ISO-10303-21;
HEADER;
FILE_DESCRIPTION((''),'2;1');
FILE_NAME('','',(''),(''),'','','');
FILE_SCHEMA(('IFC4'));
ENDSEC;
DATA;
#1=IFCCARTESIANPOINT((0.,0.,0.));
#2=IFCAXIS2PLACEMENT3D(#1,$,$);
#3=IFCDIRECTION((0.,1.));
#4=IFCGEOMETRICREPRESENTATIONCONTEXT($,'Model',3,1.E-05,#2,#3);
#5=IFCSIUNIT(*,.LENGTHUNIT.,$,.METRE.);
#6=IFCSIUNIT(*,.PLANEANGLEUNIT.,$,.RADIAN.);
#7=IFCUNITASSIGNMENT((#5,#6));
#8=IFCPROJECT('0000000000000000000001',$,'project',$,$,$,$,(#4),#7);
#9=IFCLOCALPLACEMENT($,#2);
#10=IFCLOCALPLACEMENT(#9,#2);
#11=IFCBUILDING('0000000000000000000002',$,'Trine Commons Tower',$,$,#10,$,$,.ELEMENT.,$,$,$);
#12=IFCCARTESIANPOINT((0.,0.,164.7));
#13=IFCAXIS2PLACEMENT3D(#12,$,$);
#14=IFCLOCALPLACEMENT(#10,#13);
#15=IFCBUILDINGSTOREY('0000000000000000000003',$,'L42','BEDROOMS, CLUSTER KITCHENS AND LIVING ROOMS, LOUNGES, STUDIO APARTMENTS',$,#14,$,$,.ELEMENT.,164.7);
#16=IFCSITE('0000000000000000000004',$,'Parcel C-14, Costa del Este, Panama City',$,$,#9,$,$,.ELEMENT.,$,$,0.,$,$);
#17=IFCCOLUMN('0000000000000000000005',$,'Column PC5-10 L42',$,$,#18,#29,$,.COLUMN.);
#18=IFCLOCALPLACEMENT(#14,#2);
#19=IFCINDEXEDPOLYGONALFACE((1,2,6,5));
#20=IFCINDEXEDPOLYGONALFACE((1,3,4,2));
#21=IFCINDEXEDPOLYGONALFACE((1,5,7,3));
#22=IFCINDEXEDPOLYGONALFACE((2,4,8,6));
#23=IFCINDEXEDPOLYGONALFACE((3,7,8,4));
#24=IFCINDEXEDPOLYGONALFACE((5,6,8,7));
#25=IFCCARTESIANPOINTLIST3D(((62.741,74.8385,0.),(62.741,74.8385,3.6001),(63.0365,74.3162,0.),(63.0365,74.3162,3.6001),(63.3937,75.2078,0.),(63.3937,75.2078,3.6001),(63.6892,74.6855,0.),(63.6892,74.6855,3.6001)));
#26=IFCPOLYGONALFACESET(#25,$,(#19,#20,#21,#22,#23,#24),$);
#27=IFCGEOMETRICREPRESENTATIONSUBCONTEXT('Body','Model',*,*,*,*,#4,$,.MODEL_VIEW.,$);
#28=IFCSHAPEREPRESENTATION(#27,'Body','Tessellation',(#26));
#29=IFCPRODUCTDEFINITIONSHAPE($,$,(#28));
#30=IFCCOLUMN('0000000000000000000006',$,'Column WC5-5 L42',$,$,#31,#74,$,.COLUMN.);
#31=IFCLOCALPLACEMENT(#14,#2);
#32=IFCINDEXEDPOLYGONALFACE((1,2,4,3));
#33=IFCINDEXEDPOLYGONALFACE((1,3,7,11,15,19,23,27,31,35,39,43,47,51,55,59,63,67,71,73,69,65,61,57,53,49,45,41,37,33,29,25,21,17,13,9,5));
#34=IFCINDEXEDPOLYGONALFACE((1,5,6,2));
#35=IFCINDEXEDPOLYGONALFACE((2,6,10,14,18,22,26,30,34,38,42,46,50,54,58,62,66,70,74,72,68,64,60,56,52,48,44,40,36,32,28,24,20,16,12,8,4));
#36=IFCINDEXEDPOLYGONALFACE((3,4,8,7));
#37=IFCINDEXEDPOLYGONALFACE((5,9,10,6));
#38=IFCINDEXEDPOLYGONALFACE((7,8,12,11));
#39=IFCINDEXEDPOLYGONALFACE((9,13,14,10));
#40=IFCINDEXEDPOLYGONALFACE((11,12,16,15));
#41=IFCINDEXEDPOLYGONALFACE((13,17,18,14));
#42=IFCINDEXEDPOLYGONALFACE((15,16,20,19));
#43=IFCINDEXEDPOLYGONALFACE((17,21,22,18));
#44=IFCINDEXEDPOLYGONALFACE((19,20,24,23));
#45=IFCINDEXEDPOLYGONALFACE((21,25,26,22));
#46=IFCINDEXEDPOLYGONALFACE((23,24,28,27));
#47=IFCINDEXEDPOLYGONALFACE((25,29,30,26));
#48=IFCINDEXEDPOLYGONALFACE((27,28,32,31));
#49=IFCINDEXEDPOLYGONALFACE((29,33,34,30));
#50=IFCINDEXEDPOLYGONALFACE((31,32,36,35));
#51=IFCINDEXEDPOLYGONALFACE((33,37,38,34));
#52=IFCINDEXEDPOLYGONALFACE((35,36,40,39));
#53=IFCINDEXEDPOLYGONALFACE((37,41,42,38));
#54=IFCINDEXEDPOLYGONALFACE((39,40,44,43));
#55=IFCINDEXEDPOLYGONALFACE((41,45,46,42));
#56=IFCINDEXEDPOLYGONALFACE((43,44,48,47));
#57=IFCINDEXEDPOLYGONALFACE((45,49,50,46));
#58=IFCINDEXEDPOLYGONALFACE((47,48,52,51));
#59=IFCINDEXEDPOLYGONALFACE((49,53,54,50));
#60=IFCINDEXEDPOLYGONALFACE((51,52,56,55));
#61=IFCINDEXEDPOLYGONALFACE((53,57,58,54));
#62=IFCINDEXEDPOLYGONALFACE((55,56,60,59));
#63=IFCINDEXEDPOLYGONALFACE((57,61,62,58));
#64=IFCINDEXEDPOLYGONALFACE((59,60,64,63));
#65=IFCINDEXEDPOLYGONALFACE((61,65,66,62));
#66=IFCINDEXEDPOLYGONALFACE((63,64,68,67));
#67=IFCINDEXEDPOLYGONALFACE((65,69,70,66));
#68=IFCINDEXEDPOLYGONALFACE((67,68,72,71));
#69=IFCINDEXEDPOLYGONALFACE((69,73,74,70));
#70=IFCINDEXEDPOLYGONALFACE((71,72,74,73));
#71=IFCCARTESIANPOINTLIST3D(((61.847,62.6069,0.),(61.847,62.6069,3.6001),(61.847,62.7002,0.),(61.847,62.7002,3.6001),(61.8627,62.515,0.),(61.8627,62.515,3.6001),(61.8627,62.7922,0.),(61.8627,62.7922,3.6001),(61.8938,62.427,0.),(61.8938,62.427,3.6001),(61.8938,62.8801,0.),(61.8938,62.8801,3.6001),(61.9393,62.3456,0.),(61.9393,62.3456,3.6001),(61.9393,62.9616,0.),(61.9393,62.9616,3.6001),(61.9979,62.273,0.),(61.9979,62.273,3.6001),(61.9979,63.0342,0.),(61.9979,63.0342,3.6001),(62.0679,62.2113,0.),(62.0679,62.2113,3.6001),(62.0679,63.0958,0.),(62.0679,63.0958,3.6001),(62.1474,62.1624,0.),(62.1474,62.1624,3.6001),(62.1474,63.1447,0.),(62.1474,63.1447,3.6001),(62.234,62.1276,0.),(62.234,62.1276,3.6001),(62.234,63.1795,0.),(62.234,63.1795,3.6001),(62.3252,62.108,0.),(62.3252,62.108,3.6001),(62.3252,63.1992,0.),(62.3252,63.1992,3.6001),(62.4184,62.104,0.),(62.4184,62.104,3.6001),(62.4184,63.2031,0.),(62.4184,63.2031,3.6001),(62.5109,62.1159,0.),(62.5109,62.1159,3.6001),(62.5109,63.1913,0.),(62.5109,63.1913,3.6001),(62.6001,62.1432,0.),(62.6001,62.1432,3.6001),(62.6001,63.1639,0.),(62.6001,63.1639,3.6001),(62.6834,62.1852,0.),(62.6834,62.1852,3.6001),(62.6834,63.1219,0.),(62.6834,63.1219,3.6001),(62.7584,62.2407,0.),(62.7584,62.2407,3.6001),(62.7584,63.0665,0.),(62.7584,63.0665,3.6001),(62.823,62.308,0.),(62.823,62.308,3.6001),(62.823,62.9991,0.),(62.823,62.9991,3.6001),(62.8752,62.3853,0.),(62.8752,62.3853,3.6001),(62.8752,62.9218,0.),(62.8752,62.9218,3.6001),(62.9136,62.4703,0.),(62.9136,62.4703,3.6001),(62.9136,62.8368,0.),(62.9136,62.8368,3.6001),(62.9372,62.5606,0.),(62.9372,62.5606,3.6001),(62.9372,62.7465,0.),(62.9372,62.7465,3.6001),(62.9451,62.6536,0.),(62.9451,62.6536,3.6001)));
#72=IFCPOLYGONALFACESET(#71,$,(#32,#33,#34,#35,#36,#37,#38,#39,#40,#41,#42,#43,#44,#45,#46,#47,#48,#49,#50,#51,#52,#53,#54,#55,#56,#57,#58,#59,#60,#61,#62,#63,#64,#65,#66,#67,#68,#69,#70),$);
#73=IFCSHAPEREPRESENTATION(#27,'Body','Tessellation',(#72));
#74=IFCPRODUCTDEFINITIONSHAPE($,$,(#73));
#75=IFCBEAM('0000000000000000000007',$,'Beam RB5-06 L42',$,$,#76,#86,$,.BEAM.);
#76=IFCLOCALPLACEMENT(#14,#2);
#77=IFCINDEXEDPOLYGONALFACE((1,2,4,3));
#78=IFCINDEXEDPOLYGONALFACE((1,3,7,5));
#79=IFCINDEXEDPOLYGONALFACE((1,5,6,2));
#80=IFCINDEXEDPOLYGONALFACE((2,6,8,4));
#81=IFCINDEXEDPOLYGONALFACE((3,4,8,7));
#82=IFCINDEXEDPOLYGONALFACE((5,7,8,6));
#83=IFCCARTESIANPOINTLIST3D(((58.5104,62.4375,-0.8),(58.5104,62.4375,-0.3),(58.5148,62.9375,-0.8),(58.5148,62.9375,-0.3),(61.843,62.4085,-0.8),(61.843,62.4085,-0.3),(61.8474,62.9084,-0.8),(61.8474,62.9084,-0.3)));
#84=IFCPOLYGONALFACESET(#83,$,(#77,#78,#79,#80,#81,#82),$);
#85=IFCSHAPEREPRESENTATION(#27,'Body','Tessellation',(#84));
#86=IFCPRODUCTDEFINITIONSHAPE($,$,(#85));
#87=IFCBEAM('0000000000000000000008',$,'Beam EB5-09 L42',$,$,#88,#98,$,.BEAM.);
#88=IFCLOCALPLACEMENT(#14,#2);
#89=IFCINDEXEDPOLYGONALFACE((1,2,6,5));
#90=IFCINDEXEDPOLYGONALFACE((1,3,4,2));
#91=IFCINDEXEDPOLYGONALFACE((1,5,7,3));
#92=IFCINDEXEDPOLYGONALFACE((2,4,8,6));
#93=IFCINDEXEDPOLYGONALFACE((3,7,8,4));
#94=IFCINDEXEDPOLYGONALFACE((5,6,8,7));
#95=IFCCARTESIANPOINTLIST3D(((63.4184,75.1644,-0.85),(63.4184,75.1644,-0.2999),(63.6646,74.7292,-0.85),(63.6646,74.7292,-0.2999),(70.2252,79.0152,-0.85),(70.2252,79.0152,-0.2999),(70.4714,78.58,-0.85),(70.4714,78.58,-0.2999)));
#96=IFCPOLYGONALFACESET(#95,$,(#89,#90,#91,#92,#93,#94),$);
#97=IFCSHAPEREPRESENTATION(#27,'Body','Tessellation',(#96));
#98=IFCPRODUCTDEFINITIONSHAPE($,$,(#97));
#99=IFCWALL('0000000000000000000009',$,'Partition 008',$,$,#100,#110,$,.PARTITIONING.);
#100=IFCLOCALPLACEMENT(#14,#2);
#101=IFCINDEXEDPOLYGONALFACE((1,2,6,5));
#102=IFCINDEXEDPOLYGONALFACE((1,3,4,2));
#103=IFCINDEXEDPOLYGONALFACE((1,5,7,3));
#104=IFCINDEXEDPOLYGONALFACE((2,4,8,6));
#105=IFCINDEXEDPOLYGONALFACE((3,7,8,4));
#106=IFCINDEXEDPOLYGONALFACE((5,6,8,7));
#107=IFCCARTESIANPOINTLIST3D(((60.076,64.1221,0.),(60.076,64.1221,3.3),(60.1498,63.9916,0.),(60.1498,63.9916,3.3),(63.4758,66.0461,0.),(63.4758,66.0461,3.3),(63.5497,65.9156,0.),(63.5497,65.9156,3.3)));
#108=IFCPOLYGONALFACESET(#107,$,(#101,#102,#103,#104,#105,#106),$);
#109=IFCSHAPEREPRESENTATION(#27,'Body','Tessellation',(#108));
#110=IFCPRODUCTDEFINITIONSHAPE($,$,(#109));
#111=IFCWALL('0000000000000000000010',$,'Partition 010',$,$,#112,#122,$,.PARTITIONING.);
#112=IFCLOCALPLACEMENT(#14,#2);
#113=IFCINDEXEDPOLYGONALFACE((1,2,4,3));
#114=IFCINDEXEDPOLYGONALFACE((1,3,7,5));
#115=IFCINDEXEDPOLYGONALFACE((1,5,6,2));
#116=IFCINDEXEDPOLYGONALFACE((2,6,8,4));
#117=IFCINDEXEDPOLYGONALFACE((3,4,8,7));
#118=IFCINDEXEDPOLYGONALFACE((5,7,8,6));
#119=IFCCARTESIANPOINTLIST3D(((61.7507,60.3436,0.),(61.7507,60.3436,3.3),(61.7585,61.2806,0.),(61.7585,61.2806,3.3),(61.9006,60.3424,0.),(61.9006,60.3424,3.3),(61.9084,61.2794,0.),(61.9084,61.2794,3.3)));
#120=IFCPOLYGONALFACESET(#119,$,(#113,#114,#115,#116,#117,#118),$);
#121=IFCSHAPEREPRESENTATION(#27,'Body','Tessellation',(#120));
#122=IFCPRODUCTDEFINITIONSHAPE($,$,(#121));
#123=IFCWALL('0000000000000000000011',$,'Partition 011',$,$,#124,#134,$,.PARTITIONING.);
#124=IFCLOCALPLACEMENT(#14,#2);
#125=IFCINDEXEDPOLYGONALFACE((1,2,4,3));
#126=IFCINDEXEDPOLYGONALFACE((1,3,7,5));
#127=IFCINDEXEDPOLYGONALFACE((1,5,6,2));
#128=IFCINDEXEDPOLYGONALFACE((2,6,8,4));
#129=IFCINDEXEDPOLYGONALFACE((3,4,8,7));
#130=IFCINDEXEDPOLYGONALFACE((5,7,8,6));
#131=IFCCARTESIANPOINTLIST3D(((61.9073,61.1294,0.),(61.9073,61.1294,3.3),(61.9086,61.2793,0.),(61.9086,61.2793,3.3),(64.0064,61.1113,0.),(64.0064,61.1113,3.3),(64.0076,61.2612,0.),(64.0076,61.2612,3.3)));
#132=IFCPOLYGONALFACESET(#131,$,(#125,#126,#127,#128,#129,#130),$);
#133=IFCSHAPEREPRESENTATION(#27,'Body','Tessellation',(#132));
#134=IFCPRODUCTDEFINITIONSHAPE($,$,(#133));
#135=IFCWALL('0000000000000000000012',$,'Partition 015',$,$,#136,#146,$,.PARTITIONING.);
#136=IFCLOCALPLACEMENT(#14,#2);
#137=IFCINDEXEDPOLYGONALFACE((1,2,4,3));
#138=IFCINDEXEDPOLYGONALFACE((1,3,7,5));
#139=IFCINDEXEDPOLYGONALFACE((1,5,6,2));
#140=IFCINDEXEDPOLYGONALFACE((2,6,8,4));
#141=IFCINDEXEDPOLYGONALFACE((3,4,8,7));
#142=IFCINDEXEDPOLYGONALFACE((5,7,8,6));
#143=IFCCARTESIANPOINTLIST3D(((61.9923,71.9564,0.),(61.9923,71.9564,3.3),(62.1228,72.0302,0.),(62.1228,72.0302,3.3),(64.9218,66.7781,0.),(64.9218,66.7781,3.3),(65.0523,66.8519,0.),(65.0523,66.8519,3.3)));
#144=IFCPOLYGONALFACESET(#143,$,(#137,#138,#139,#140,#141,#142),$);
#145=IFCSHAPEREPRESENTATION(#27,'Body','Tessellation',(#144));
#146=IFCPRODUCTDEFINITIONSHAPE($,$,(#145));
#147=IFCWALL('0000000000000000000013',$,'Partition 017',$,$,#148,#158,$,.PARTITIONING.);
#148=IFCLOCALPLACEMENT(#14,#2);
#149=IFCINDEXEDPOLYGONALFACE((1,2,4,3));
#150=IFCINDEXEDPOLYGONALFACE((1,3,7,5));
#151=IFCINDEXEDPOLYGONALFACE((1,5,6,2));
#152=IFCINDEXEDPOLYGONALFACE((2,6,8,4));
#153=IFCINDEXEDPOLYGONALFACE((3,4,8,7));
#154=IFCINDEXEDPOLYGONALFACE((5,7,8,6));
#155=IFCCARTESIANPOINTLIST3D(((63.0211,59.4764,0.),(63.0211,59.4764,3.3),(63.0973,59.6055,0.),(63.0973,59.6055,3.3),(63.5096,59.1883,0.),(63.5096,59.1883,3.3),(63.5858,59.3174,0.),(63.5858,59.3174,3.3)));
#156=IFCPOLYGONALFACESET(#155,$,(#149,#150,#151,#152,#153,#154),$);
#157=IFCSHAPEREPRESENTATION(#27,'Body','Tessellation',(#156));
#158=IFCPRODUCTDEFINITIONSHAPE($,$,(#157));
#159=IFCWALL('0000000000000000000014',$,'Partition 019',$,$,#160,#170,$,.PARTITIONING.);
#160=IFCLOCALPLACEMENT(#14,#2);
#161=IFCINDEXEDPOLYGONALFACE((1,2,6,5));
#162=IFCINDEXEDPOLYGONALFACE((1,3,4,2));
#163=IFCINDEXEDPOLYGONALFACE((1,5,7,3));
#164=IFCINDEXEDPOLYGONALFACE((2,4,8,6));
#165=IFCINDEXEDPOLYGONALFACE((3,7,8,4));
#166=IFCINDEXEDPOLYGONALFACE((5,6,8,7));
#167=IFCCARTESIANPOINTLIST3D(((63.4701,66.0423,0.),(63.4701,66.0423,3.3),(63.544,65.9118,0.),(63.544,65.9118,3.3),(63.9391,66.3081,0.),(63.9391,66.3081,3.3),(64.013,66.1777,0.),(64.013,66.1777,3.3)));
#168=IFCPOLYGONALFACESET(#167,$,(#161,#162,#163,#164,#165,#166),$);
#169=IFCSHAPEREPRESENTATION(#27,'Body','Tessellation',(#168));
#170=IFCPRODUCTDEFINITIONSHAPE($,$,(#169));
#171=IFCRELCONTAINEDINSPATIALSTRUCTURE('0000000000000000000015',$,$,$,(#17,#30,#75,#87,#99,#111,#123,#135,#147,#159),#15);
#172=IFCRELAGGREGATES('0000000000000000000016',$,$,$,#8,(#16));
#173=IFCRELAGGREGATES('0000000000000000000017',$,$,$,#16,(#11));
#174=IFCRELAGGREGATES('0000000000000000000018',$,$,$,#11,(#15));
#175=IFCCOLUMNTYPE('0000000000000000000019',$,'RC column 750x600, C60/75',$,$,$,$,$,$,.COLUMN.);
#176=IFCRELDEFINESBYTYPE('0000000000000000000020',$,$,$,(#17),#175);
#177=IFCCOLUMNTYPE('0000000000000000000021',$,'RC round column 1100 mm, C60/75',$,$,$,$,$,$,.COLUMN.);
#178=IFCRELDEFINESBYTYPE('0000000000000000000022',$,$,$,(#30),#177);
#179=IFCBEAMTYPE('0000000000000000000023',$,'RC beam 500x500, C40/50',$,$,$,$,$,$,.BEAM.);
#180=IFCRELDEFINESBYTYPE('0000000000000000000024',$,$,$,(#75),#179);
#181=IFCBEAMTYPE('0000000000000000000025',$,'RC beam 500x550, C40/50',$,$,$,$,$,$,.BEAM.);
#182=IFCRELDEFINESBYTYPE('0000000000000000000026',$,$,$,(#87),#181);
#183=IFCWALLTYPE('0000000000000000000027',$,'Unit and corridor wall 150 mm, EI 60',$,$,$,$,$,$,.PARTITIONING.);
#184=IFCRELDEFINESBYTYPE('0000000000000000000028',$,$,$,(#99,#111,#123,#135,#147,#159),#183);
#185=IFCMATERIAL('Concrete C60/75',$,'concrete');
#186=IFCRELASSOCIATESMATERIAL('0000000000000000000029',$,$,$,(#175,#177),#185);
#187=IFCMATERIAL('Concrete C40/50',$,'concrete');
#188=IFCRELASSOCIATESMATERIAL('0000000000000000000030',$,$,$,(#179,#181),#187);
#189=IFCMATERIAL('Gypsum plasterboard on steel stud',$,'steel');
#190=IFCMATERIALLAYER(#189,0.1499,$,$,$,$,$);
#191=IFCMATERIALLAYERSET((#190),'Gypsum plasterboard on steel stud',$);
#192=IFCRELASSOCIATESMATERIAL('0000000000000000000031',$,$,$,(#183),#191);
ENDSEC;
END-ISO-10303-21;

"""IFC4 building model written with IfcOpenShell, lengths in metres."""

from ifc_helpers import new_model, si_unit, direction, frame, frame_2d, origin, origin_2d, place, context, subcontext, project, spatial, rectangle, circle, extrude, material, layer, layer_set, material_profile, profile_set, type_object, element, save


model = new_model("IFC4")

# Units and contexts
model_context = context("Model", 3, precision=1e-05, world=origin(), true_north=direction((0.0, 1.0)))
body_context = subcontext(model_context, "Body", "Model", "MODEL_VIEW")
ifc_project = project(units=[si_unit("LENGTHUNIT", "METRE"), si_unit("PLANEANGLEUNIT", "RADIAN")], contexts=[model_context])

# Site, building, storey
site_placement = place(None, origin())
site = spatial("IfcSite", under=ifc_project, at=site_placement, Name="Parcel C-14, Costa del Este, Panama City", CompositionType="ELEMENT", RefElevation=0.0)
building_placement = place(site_placement, origin())
building = spatial("IfcBuilding", under=site, at=building_placement, Name="Trine Commons Tower", CompositionType="ELEMENT")
storey_placement = place(building_placement, frame((0.0, 0.0, 164.7)))
storey = spatial("IfcBuildingStorey", under=building, at=storey_placement, Name="L42", Description="BEDROOMS, CLUSTER KITCHENS AND LIVING ROOMS, LOUNGES, STUDIO APARTMENTS", CompositionType="ELEMENT", Elevation=164.7)

# Columns
ifc_material_1 = material(Name="Concrete C60/75", Category="concrete")
ifc_material_profile_1 = material_profile(ifc_material_1, rectangle(XDim=0.75, YDim=0.6001, at=origin_2d()), Name="RC 750x600")
ifc_profile_set_1 = profile_set([ifc_material_profile_1], Name="Concrete C60/75")
column_type_1 = type_object("IfcColumnType", Name="RC column 750x600, C60/75", PredefinedType="COLUMN", material=ifc_profile_set_1)
column_1_placement = place(storey_placement, frame((63.2151, 74.762, 0.0), z_axis=(0.0, 0.0, 1.0), x_axis=(0.870356, 0.492424, 0.0)))
element("IfcColumn", 1, at=column_1_placement, inside=storey, type_object=column_type_1, Name="Column PC5-10 L42", PredefinedType="COLUMN", context=body_context, shape_type="SweptSolid", body=[
    extrude(rectangle(XDim=0.75, YDim=0.6001, at=origin_2d()), origin(), (0.0, 0.0, 1.0), 3.6001),
])
ifc_material_profile_2 = material_profile(ifc_material_1, circle(Radius=0.55, at=origin_2d()), Name="RC round 1100")
ifc_profile_set_2 = profile_set([ifc_material_profile_2], Name="Concrete C60/75")
column_type_2 = type_object("IfcColumnType", Name="RC round column 1100 mm, C60/75", PredefinedType="COLUMN", material=ifc_profile_set_2)
column_2_placement = place(storey_placement, frame((62.395, 62.6536, 0.0), z_axis=(0.0, 0.0, 1.0), x_axis=(1.0, 0.0, 0.0)))
element("IfcColumn", 2, at=column_2_placement, inside=storey, type_object=column_type_2, Name="Column WC5-5 L42", PredefinedType="COLUMN", context=body_context, shape_type="SweptSolid", body=[
    extrude(circle(Radius=0.55, at=origin_2d()), origin(), (0.0, 0.0, 1.0), 3.6001),
])

# Beams
ifc_material_2 = material(Name="Concrete C40/50", Category="concrete")
ifc_material_profile_3 = material_profile(ifc_material_2, rectangle(XDim=0.5, YDim=0.5, at=origin_2d()), Name="RC 500x500")
ifc_profile_set_3 = profile_set([ifc_material_profile_3], Name="Concrete C40/50")
beam_type_1 = type_object("IfcBeamType", Name="RC beam 500x500, C40/50", PredefinedType="BEAM", material=ifc_profile_set_3)
beam_1_placement = place(storey_placement, frame((61.8452, 62.6584, -0.55), z_axis=(-0.999962, 0.008718, 0.0), x_axis=(-0.008718, -0.999962, 0.0)))
element("IfcBeam", 3, at=beam_1_placement, inside=storey, type_object=beam_type_1, Name="Beam RB5-06 L42", PredefinedType="BEAM", context=body_context, shape_type="SweptSolid", body=[
    extrude(rectangle(XDim=0.5, YDim=0.5, at=origin_2d()), origin(), (0.0, 0.0, 1.0), 3.3328),
])
ifc_material_profile_4 = material_profile(ifc_material_2, rectangle(XDim=0.5, YDim=0.55, at=origin_2d()), Name="RC 500x550")
ifc_profile_set_4 = profile_set([ifc_material_profile_4], Name="Concrete C40/50")
beam_type_2 = type_object("IfcBeamType", Name="RC beam 500x550, C40/50", PredefinedType="BEAM", material=ifc_profile_set_4)
beam_2_placement = place(storey_placement, frame((63.5415, 74.9468, -0.575), z_axis=(0.870373, 0.492393, 0.0), x_axis=(-0.492393, 0.870373, 0.0)))
element("IfcBeam", 4, at=beam_2_placement, inside=storey, type_object=beam_type_2, Name="Beam EB5-09 L42", PredefinedType="BEAM", context=body_context, shape_type="SweptSolid", body=[
    extrude(rectangle(XDim=0.5, YDim=0.55, at=origin_2d()), origin(), (0.0, 0.0, 1.0), 7.8206),
])

# Walls
ifc_material_3 = material(Name="Gypsum plasterboard on steel stud", Category="steel")
ifc_layer_1 = layer(ifc_material_3, 0.1499)
ifc_layer_set_1 = layer_set([ifc_layer_1], Name="Gypsum plasterboard on steel stud")
wall_type_1 = type_object("IfcWallType", Name="Unit and corridor wall 150 mm, EI 60", PredefinedType="PARTITIONING", material=ifc_layer_set_1)
wall_1_placement = place(storey_placement, frame((60.113, 64.0569, 0.0), z_axis=(0.0, 0.0, 1.0), x_axis=(0.870301, 0.492521, 0.0)))
element("IfcWall", 5, at=wall_1_placement, inside=storey, type_object=wall_type_1, Name="Partition 008", PredefinedType="PARTITIONING", context=body_context, shape_type="SweptSolid", body=[
    extrude(rectangle(XDim=3.9065, YDim=0.1499, at=frame_2d((1.9531, 0.0))), origin(), (0.0, 0.0, 1.0), 3.3),
])
wall_2_placement = place(storey_placement, frame((61.8257, 60.343, 0.0), z_axis=(0.0, 0.0, 1.0), x_axis=(0.008337, 0.999965, 0.0)))
element("IfcWall", 6, at=wall_2_placement, inside=storey, type_object=wall_type_1, Name="Partition 010", PredefinedType="PARTITIONING", context=body_context, shape_type="SweptSolid", body=[
    extrude(rectangle(XDim=0.937, YDim=0.1499, at=frame_2d((0.4685, 0.0))), origin(), (0.0, 0.0, 1.0), 3.3),
])
wall_3_placement = place(storey_placement, frame((61.908, 61.2043, 0.0), z_axis=(0.0, 0.0, 1.0), x_axis=(0.999963, -0.008606, 0.0)))
element("IfcWall", 7, at=wall_3_placement, inside=storey, type_object=wall_type_1, Name="Partition 011", PredefinedType="PARTITIONING", context=body_context, shape_type="SweptSolid", body=[
    extrude(rectangle(XDim=2.0991, YDim=0.1499, at=frame_2d((1.0496, 0.0))), origin(), (0.0, 0.0, 1.0), 3.3),
])
wall_4_placement = place(storey_placement, frame((62.0576, 71.9932, 0.0), z_axis=(0.0, 0.0, 1.0), x_axis=(0.492391, -0.870374, 0.0)))
element("IfcWall", 8, at=wall_4_placement, inside=storey, type_object=wall_type_1, Name="Partition 015", PredefinedType="PARTITIONING", context=body_context, shape_type="SweptSolid", body=[
    extrude(rectangle(XDim=5.9495, YDim=0.1499, at=frame_2d((2.9746, 0.0))), origin(), (0.0, 0.0, 1.0), 3.3),
])
wall_5_placement = place(storey_placement, frame((63.0591, 59.541, 0.0), z_axis=(0.0, 0.0, 1.0), x_axis=(0.86138, -0.50796, 0.0)))
element("IfcWall", 9, at=wall_5_placement, inside=storey, type_object=wall_type_1, Name="Partition 017", PredefinedType="PARTITIONING", context=body_context, shape_type="SweptSolid", body=[
    extrude(rectangle(XDim=0.5671, YDim=0.1499, at=frame_2d((0.2837, 0.0))), origin(), (0.0, 0.0, 1.0), 3.3),
])
wall_6_placement = place(storey_placement, frame((63.5071, 65.9771, 0.0), z_axis=(0.0, 0.0, 1.0), x_axis=(0.869938, 0.493161, 0.0)))
element("IfcWall", 10, at=wall_6_placement, inside=storey, type_object=wall_type_1, Name="Partition 019", PredefinedType="PARTITIONING", context=body_context, shape_type="SweptSolid", body=[
    extrude(rectangle(XDim=0.5391, YDim=0.1499, at=frame_2d((0.2695, 0.0))), origin(), (0.0, 0.0, 1.0), 3.3),
])

save(model, "model.ifc")
